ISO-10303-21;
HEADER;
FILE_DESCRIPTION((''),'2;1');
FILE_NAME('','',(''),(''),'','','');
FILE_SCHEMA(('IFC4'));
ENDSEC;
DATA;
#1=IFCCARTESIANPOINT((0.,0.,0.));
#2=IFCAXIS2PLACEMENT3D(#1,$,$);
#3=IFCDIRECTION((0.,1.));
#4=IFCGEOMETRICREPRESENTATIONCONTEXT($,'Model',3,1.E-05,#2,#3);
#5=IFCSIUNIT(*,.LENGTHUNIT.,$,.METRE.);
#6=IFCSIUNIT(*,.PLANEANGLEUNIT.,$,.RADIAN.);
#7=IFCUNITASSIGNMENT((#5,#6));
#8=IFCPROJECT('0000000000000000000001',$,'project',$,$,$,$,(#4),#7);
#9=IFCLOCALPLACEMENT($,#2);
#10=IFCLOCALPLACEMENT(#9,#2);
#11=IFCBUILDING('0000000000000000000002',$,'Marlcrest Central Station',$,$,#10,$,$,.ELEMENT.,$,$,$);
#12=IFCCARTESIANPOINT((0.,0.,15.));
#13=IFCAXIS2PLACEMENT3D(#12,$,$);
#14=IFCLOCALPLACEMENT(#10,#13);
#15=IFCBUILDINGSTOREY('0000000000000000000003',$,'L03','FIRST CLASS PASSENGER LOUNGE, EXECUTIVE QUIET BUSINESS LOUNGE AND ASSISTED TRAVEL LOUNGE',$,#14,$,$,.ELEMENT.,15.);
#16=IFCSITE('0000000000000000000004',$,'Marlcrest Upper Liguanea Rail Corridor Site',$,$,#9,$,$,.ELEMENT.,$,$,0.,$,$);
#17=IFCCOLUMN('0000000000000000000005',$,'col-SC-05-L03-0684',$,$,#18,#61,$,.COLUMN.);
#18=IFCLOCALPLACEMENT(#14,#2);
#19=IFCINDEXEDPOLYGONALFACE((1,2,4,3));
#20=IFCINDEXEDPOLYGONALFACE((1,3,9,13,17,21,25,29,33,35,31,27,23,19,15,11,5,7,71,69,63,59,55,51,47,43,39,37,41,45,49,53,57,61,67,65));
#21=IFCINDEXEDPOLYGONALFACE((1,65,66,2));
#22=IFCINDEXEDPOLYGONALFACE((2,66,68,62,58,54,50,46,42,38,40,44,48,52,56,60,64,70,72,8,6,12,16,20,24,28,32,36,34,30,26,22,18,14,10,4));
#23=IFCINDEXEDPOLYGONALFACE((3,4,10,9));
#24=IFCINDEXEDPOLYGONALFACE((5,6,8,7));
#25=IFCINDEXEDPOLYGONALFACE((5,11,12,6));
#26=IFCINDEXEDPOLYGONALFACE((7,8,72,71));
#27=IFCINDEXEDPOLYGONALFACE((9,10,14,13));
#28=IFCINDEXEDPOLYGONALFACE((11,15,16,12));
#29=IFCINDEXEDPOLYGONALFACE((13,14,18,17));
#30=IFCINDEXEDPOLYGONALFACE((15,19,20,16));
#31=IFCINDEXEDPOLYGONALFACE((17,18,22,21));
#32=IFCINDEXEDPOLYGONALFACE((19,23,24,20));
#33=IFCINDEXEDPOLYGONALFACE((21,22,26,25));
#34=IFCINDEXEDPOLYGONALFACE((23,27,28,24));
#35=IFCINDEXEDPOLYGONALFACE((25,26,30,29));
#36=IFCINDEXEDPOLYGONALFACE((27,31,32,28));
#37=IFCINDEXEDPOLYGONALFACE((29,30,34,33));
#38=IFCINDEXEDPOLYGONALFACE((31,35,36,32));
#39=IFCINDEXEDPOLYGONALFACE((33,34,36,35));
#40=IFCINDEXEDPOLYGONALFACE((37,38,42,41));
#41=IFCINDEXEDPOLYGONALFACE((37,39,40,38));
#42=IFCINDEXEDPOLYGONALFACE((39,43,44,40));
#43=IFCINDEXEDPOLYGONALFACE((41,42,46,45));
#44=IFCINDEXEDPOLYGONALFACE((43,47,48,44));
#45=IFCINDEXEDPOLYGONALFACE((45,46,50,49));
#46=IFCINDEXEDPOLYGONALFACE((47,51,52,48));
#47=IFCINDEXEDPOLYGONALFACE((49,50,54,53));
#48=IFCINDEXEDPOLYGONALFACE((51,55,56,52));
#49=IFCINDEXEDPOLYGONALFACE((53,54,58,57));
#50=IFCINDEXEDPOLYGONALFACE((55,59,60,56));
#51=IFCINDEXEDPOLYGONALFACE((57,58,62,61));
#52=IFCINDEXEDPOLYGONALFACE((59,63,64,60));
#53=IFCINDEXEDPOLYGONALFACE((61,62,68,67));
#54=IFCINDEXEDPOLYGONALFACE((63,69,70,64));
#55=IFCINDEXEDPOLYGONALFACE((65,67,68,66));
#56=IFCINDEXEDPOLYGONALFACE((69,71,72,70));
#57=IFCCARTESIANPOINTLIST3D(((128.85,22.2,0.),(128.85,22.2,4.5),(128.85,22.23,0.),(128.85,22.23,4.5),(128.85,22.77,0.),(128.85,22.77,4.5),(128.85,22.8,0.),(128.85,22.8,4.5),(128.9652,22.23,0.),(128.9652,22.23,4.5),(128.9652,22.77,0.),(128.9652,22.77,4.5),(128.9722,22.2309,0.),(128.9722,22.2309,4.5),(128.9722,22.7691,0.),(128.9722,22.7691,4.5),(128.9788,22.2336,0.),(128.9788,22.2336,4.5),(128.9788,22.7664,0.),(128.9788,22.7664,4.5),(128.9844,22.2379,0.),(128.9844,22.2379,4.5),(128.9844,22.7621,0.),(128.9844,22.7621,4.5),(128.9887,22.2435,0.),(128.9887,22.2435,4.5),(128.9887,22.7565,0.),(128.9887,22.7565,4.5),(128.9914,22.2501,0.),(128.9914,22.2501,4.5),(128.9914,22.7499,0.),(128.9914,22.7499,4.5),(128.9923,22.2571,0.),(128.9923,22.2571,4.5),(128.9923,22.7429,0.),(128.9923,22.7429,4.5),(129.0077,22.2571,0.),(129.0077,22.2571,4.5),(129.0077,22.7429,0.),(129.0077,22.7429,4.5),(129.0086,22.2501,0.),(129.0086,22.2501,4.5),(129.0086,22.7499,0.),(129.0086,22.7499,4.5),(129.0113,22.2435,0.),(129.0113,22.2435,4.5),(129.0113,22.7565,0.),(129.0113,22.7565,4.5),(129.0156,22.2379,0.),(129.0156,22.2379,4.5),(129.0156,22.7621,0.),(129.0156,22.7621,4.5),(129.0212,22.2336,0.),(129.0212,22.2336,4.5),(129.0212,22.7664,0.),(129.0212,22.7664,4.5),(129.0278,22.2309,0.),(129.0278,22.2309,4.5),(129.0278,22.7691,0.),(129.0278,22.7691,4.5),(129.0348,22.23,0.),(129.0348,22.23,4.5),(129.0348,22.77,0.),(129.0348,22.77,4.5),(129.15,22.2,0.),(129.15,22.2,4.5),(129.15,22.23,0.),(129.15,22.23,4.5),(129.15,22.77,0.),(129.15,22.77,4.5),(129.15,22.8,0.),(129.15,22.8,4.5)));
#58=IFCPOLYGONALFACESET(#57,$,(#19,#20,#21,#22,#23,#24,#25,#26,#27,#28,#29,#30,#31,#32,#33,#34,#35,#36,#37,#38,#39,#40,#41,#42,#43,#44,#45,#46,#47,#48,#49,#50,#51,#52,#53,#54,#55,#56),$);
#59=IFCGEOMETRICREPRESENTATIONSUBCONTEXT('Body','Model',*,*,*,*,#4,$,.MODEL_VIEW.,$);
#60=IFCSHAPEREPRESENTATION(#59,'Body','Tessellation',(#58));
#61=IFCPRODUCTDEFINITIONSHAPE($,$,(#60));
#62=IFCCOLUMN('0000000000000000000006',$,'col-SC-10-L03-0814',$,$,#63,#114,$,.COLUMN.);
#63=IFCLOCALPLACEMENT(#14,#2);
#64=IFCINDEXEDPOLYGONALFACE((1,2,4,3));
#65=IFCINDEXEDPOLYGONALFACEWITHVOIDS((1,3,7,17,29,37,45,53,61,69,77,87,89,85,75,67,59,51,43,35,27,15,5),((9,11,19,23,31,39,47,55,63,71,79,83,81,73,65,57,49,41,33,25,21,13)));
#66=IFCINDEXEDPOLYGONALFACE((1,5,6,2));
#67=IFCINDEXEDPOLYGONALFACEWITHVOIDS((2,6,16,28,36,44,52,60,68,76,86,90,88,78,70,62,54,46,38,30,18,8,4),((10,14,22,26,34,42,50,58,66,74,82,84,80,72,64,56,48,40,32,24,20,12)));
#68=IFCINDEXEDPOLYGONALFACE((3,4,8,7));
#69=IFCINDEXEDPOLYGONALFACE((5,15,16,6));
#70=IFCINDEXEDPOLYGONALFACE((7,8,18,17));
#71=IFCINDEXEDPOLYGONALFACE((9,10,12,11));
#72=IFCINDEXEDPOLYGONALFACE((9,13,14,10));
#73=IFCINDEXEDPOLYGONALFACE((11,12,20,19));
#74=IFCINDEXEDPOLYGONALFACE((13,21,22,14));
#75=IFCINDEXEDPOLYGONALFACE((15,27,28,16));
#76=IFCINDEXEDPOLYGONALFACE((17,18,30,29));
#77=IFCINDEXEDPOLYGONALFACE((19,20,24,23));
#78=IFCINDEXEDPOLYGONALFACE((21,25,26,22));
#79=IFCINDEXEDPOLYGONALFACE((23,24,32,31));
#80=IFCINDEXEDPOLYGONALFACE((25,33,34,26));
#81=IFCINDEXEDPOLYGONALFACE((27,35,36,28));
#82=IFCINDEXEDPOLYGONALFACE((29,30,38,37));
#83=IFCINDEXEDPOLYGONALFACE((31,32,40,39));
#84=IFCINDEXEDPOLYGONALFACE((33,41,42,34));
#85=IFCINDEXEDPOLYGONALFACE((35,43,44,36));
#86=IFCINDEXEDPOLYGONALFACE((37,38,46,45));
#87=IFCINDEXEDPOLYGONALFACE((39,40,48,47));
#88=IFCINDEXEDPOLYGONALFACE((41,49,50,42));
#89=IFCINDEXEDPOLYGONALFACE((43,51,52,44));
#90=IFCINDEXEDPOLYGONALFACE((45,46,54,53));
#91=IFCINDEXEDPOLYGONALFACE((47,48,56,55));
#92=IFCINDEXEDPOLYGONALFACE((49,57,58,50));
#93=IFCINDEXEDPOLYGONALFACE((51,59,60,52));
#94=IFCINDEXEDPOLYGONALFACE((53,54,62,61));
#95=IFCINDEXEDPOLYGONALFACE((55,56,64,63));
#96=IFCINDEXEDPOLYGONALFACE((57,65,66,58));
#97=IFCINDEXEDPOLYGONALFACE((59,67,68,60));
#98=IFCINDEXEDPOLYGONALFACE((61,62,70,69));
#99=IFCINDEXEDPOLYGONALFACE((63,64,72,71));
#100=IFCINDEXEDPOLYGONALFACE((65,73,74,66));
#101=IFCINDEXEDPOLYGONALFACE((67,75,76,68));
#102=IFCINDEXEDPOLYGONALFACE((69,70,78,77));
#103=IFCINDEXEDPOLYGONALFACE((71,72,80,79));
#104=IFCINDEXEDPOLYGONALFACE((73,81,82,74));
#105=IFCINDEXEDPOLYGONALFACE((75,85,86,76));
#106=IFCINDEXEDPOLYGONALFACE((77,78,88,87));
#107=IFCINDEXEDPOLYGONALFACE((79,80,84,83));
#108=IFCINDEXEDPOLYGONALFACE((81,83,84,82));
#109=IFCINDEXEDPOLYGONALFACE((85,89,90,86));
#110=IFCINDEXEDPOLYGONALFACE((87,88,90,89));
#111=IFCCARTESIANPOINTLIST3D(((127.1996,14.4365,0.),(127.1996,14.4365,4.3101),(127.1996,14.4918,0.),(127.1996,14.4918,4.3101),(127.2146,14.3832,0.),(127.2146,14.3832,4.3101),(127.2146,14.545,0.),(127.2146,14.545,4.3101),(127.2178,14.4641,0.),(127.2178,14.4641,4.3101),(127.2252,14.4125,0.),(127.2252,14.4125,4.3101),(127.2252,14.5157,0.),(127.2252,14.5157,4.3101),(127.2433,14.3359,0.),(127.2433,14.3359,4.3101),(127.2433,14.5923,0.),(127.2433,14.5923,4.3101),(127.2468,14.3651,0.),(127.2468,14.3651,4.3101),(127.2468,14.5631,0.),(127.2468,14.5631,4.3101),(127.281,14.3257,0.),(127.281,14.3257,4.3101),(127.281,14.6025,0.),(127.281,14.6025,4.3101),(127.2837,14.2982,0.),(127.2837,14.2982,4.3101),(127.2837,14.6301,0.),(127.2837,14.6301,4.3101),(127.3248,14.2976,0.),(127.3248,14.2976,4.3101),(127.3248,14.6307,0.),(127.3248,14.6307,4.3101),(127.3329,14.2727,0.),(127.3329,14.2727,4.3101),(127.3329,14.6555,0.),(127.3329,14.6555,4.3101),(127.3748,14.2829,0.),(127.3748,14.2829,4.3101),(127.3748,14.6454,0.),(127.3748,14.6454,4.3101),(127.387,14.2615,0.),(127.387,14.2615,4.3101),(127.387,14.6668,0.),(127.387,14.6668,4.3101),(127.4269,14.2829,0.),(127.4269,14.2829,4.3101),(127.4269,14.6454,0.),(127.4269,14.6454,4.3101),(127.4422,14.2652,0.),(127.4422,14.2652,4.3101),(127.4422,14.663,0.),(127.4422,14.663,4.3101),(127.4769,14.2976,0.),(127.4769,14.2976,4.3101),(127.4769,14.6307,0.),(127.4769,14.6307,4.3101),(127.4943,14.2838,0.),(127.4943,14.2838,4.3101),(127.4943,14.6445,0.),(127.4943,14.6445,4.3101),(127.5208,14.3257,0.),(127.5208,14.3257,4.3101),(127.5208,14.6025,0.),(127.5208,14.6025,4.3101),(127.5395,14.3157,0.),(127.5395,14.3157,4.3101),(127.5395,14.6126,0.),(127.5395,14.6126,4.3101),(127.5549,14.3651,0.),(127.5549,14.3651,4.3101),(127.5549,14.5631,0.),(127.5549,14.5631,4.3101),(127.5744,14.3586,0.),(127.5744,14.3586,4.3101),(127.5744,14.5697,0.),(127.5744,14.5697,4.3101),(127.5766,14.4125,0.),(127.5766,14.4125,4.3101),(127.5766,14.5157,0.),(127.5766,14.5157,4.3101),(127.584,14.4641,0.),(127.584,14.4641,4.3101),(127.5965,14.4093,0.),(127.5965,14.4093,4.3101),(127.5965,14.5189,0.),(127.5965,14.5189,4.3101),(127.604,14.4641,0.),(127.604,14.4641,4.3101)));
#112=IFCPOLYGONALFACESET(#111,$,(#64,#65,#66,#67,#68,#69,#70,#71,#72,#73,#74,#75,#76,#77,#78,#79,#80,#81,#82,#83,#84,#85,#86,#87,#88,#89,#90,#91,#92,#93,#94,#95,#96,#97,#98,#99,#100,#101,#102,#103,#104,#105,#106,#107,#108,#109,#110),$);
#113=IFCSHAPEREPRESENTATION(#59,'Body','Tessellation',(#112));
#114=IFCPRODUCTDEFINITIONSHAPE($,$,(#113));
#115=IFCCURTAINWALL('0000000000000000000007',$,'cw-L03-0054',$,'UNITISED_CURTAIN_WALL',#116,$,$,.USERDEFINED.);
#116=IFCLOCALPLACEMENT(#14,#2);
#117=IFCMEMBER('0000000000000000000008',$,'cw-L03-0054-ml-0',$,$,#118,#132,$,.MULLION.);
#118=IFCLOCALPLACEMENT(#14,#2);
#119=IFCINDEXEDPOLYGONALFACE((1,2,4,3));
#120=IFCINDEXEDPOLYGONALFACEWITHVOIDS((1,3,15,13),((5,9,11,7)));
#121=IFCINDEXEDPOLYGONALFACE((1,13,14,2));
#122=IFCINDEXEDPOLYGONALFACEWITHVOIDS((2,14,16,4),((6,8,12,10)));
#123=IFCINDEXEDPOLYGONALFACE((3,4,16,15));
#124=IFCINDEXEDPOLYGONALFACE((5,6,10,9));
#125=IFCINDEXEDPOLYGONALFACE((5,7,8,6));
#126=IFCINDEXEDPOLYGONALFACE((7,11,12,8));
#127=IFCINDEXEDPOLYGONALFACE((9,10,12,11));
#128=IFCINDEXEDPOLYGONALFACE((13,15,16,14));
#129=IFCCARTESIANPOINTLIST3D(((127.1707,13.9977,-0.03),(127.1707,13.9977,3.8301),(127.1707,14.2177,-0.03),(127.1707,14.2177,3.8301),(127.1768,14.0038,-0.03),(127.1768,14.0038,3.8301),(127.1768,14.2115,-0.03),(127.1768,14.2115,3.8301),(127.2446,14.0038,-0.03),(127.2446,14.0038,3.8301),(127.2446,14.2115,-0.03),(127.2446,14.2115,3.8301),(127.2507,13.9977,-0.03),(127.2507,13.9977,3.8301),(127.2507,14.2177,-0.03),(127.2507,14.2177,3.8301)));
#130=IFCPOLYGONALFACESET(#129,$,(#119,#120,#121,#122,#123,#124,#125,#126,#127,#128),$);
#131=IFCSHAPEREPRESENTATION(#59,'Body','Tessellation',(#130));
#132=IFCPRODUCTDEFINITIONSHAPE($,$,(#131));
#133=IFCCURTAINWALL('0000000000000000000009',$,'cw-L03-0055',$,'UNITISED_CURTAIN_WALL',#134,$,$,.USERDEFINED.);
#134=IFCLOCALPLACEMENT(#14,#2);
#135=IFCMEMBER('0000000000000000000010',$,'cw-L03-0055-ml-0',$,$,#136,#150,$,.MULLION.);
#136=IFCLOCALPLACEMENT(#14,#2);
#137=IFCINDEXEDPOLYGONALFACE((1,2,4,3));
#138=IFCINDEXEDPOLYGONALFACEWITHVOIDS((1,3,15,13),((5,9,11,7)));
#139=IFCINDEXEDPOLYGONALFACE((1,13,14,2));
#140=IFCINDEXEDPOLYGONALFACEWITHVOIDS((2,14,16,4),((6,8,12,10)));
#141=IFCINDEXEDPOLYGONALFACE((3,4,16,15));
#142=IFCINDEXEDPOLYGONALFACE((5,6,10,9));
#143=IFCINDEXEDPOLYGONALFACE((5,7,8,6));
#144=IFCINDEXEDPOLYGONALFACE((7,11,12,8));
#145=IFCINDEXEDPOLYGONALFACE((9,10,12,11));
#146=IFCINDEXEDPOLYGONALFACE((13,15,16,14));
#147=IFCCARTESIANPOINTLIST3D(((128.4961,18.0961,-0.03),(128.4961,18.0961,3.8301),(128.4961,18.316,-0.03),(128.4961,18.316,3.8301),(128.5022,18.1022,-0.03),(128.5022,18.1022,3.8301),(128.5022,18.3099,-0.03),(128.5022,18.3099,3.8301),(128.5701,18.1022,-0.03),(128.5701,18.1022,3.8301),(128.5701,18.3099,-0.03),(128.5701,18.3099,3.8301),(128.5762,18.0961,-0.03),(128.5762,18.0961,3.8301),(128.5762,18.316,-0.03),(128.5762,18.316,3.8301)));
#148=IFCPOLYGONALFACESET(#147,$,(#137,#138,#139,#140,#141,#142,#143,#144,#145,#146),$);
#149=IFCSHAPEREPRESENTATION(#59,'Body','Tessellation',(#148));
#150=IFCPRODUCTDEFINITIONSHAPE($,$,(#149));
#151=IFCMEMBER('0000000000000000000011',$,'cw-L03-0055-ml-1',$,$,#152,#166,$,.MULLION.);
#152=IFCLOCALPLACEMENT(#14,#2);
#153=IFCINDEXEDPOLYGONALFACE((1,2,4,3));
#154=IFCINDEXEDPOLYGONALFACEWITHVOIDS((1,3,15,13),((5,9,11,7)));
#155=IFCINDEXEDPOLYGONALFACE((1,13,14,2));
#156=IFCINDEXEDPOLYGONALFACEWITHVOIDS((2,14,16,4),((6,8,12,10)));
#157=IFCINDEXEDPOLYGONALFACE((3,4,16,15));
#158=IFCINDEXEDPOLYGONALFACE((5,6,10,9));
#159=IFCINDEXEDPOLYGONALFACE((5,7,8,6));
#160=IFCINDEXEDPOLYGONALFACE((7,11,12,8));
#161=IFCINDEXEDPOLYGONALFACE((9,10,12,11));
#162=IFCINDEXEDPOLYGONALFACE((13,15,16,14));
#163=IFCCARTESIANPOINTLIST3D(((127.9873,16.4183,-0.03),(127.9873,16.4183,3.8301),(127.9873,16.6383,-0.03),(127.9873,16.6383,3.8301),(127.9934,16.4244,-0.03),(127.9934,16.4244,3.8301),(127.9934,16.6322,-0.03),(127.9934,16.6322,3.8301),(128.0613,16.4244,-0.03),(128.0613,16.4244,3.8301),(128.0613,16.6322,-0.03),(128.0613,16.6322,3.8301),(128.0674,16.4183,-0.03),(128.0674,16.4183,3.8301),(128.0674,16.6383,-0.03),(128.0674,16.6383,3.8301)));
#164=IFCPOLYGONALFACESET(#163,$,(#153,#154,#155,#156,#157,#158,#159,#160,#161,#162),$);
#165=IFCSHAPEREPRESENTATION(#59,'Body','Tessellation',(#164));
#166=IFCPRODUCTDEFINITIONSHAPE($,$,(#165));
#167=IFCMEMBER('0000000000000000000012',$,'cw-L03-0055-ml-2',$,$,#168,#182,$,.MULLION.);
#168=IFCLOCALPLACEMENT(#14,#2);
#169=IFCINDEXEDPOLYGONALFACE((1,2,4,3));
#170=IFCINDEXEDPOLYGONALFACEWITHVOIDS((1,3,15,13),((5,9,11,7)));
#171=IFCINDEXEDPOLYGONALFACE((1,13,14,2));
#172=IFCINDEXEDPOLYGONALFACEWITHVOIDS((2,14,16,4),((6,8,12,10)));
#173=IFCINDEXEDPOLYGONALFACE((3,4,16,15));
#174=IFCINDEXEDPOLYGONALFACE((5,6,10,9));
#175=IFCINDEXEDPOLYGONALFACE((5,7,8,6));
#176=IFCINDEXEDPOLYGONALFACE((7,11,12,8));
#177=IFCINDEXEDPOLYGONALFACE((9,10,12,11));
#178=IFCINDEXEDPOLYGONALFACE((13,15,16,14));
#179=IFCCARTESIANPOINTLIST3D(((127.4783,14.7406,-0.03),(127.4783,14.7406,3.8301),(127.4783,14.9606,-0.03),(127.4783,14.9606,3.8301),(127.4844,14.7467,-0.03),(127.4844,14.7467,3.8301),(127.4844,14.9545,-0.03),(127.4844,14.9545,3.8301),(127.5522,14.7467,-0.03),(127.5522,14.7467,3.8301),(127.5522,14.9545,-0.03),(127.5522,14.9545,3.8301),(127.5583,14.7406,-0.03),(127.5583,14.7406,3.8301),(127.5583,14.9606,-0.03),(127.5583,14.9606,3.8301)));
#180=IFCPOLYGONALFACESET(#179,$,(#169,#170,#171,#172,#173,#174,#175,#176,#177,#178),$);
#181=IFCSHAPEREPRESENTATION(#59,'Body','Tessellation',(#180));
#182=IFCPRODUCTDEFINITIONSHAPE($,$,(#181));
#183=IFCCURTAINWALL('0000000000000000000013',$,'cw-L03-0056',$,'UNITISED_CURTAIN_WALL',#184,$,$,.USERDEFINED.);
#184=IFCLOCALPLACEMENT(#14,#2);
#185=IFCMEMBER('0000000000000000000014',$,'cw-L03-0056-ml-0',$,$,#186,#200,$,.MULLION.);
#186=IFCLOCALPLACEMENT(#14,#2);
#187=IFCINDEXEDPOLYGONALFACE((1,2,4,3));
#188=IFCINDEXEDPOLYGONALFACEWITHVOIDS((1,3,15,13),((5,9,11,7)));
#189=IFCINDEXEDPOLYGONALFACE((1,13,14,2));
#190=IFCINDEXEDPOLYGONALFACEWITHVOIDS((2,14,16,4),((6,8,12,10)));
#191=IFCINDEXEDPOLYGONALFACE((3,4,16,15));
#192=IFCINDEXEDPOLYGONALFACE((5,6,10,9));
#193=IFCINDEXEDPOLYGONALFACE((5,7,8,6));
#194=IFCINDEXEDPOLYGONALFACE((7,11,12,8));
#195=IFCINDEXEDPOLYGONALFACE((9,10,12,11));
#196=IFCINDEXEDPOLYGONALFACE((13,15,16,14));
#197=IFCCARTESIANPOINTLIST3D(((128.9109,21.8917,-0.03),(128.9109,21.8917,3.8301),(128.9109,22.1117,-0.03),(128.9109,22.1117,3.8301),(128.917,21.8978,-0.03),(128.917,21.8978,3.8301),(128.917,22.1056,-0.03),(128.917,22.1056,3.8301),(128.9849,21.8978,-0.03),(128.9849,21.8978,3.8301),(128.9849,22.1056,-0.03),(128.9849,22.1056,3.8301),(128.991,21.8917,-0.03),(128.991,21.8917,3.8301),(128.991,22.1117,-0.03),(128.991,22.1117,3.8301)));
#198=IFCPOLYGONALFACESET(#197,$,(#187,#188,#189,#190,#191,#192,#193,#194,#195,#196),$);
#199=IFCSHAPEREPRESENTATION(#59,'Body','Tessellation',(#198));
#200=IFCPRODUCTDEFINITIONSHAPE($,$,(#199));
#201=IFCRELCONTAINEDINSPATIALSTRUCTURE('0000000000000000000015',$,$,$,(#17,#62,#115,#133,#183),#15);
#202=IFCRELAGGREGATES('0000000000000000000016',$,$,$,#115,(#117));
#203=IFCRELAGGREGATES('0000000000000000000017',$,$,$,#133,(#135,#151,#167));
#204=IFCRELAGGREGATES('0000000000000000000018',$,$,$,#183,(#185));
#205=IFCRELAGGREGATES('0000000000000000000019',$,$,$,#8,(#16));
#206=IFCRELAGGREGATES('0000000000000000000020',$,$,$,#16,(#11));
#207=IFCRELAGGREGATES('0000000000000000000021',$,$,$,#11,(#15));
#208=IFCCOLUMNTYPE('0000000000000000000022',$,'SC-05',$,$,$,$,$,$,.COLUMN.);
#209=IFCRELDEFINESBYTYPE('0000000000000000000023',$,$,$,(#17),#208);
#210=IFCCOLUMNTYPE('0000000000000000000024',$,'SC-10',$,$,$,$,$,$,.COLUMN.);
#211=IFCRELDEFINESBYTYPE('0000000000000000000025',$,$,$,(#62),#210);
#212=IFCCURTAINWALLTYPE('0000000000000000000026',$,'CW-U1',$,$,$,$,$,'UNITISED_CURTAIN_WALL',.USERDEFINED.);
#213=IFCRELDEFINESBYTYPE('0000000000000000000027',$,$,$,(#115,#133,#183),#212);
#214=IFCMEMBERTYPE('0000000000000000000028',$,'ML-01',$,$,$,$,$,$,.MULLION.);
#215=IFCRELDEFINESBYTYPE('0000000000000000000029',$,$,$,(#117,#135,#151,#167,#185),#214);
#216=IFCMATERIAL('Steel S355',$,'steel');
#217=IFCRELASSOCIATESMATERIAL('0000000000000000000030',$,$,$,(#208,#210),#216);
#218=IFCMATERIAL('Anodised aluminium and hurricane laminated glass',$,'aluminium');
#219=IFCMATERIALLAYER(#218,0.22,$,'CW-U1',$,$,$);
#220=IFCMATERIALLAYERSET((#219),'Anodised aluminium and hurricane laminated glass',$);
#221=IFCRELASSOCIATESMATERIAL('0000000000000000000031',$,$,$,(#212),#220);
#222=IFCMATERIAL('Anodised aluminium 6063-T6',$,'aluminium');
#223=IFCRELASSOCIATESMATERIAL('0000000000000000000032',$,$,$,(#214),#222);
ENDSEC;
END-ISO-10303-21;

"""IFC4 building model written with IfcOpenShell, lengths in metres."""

from ifc_helpers import new_model, si_unit, direction, frame, origin, origin_2d, place, context, subcontext, project, spatial, hollow_rectangle, hollow_circle, i_section, extrude, material, layer, layer_set, material_profile, profile_set, type_object, element, aggregate, save


model = new_model("IFC4")

# Units and contexts
model_context = context("Model", 3, precision=1e-05, world=origin(), true_north=direction((0.0, 1.0)))
body_context = subcontext(model_context, "Body", "Model", "MODEL_VIEW")
ifc_project = project(units=[si_unit("LENGTHUNIT", "METRE"), si_unit("PLANEANGLEUNIT", "RADIAN")], contexts=[model_context])

# Site, building, storey
site_placement = place(None, origin())
site = spatial("IfcSite", under=ifc_project, at=site_placement, Name="Marlcrest Upper Liguanea Rail Corridor Site", CompositionType="ELEMENT", RefElevation=0.0)
building_placement = place(site_placement, origin())
building = spatial("IfcBuilding", under=site, at=building_placement, Name="Marlcrest Central Station", CompositionType="ELEMENT")
storey_placement = place(building_placement, frame((0.0, 0.0, 15.0)))
storey = spatial("IfcBuildingStorey", under=building, at=storey_placement, Name="L03", Description="FIRST CLASS PASSENGER LOUNGE, EXECUTIVE QUIET BUSINESS LOUNGE AND ASSISTED TRAVEL LOUNGE", CompositionType="ELEMENT", Elevation=15.0)

# Columns
ifc_material_1 = material(Name="Steel S355", Category="steel")
ifc_material_profile_1 = material_profile(ifc_material_1, i_section(OverallWidth=0.3, OverallDepth=0.6001, WebThickness=0.0154, FlangeThickness=0.03, FilletRadius=0.0271, at=origin_2d()), Name="HEB 600")
ifc_profile_set_1 = profile_set([ifc_material_profile_1], Name="Steel S355")
column_type_1 = type_object("IfcColumnType", Name="SC-05", PredefinedType="COLUMN", material=ifc_profile_set_1)
column_1_placement = place(storey_placement, frame((129.0, 22.5, 0.0), z_axis=(0.0, 0.0, 1.0), x_axis=(1.0, 0.0, 0.0)))
element("IfcColumn", 1, at=column_1_placement, inside=storey, type_object=column_type_1, Name="col-SC-05-L03-0684", PredefinedType="COLUMN", context=body_context, shape_type="SweptSolid", body=[
    extrude(i_section(OverallWidth=0.3, OverallDepth=0.6001, WebThickness=0.0154, FlangeThickness=0.03, FilletRadius=0.0271, at=origin_2d()), origin(), (0.0, 0.0, 1.0), 4.5),
])
ifc_material_profile_2 = material_profile(ifc_material_1, hollow_circle(Radius=0.2031, WallThickness=0.02, at=origin_2d()), Name="CHS 406.4x20")
ifc_profile_set_2 = profile_set([ifc_material_profile_2], Name="Steel S355")
column_type_2 = type_object("IfcColumnType", Name="SC-10", PredefinedType="COLUMN", material=ifc_profile_set_2)
column_2_placement = place(storey_placement, frame((127.4009, 14.4641, 0.0), z_axis=(0.0, 0.0, 1.0), x_axis=(1.0, 0.0, 0.0)))
element("IfcColumn", 2, at=column_2_placement, inside=storey, type_object=column_type_2, Name="col-SC-10-L03-0814", PredefinedType="COLUMN", context=body_context, shape_type="SweptSolid", body=[
    extrude(hollow_circle(Radius=0.2031, WallThickness=0.02, at=origin_2d()), origin(), (0.0, 0.0, 1.0), 4.3101),
])

# Curtain wall, member
ifc_material_2 = material(Name="Anodised aluminium and hurricane laminated glass", Category="aluminium")
ifc_layer_1 = layer(ifc_material_2, 0.22, Name="CW-U1")
ifc_layer_set_1 = layer_set([ifc_layer_1], Name="Anodised aluminium and hurricane laminated glass")
curtain_wall_type = type_object("IfcCurtainWallType", Name="CW-U1", ElementType="UNITISED_CURTAIN_WALL", PredefinedType="USERDEFINED", material=ifc_layer_set_1)
curtain_wall_1_placement = place(storey_placement, origin())
curtain_wall_1 = element("IfcCurtainWall", 3, at=curtain_wall_1_placement, inside=storey, type_object=curtain_wall_type, Name="cw-L03-0054", ObjectType="UNITISED_CURTAIN_WALL", PredefinedType="USERDEFINED")
ifc_material_3 = material(Name="Anodised aluminium 6063-T6", Category="aluminium")
ifc_material_profile_3 = material_profile(ifc_material_3, hollow_rectangle(XDim=0.0801, YDim=0.22, WallThickness=0.0061, at=origin_2d()), Name="AA-RHS 220x80x6")
ifc_profile_set_3 = profile_set([ifc_material_profile_3], Name="Anodised aluminium 6063-T6")
member_type_1 = type_object("IfcMemberType", Name="ML-01", PredefinedType="MULLION", material=ifc_profile_set_3)
member_1_placement = place(storey_placement, frame((127.2107, 14.1077, -0.03), z_axis=(0.0, 0.0, 1.0), x_axis=(1.0, 0.0, 0.0)))
member_1 = element("IfcMember", 4, at=member_1_placement, type_object=member_type_1, Name="cw-L03-0054-ml-0", PredefinedType="MULLION", context=body_context, shape_type="SweptSolid", body=[
    extrude(hollow_rectangle(XDim=0.0801, YDim=0.22, WallThickness=0.0061, at=origin_2d()), origin(), (0.0, 0.0, 1.0), 3.8601),
])
aggregate(curtain_wall_1, [member_1])

# Curtain walls, members
curtain_wall_2_placement = place(storey_placement, origin())
curtain_wall_2 = element("IfcCurtainWall", 5, at=curtain_wall_2_placement, inside=storey, type_object=curtain_wall_type, Name="cw-L03-0055", ObjectType="UNITISED_CURTAIN_WALL", PredefinedType="USERDEFINED")
member_2_placement = place(storey_placement, frame((128.5361, 18.2061, -0.03), z_axis=(0.0, 0.0, 1.0), x_axis=(1.0, 0.0, 0.0)))
member_2 = element("IfcMember", 6, at=member_2_placement, type_object=member_type_1, Name="cw-L03-0055-ml-0", PredefinedType="MULLION", context=body_context, shape_type="SweptSolid", body=[
    extrude(hollow_rectangle(XDim=0.0801, YDim=0.22, WallThickness=0.0061, at=origin_2d()), origin(), (0.0, 0.0, 1.0), 3.8601),
])
member_3_placement = place(storey_placement, frame((128.0273, 16.5283, -0.03), z_axis=(0.0, 0.0, 1.0), x_axis=(1.0, 0.0, 0.0)))
member_3 = element("IfcMember", 7, at=member_3_placement, type_object=member_type_1, Name="cw-L03-0055-ml-1", PredefinedType="MULLION", context=body_context, shape_type="SweptSolid", body=[
    extrude(hollow_rectangle(XDim=0.0801, YDim=0.22, WallThickness=0.0061, at=origin_2d()), origin(), (0.0, 0.0, 1.0), 3.8601),
])
member_4_placement = place(storey_placement, frame((127.5183, 14.8506, -0.03), z_axis=(0.0, 0.0, 1.0), x_axis=(1.0, 0.0, 0.0)))
member_4 = element("IfcMember", 8, at=member_4_placement, type_object=member_type_1, Name="cw-L03-0055-ml-2", PredefinedType="MULLION", context=body_context, shape_type="SweptSolid", body=[
    extrude(hollow_rectangle(XDim=0.0801, YDim=0.22, WallThickness=0.0061, at=origin_2d()), origin(), (0.0, 0.0, 1.0), 3.8601),
])
curtain_wall_3_placement = place(storey_placement, origin())
curtain_wall_3 = element("IfcCurtainWall", 9, at=curtain_wall_3_placement, inside=storey, type_object=curtain_wall_type, Name="cw-L03-0056", ObjectType="UNITISED_CURTAIN_WALL", PredefinedType="USERDEFINED")
member_5_placement = place(storey_placement, frame((128.9509, 22.0017, -0.03), z_axis=(0.0, 0.0, 1.0), x_axis=(1.0, 0.0, 0.0)))
member_5 = element("IfcMember", 10, at=member_5_placement, type_object=member_type_1, Name="cw-L03-0056-ml-0", PredefinedType="MULLION", context=body_context, shape_type="SweptSolid", body=[
    extrude(hollow_rectangle(XDim=0.0801, YDim=0.22, WallThickness=0.0061, at=origin_2d()), origin(), (0.0, 0.0, 1.0), 3.8601),
])

aggregate(curtain_wall_2, [member_2, member_3, member_4])
aggregate(curtain_wall_3, [member_5])

save(model, "model.ifc")
